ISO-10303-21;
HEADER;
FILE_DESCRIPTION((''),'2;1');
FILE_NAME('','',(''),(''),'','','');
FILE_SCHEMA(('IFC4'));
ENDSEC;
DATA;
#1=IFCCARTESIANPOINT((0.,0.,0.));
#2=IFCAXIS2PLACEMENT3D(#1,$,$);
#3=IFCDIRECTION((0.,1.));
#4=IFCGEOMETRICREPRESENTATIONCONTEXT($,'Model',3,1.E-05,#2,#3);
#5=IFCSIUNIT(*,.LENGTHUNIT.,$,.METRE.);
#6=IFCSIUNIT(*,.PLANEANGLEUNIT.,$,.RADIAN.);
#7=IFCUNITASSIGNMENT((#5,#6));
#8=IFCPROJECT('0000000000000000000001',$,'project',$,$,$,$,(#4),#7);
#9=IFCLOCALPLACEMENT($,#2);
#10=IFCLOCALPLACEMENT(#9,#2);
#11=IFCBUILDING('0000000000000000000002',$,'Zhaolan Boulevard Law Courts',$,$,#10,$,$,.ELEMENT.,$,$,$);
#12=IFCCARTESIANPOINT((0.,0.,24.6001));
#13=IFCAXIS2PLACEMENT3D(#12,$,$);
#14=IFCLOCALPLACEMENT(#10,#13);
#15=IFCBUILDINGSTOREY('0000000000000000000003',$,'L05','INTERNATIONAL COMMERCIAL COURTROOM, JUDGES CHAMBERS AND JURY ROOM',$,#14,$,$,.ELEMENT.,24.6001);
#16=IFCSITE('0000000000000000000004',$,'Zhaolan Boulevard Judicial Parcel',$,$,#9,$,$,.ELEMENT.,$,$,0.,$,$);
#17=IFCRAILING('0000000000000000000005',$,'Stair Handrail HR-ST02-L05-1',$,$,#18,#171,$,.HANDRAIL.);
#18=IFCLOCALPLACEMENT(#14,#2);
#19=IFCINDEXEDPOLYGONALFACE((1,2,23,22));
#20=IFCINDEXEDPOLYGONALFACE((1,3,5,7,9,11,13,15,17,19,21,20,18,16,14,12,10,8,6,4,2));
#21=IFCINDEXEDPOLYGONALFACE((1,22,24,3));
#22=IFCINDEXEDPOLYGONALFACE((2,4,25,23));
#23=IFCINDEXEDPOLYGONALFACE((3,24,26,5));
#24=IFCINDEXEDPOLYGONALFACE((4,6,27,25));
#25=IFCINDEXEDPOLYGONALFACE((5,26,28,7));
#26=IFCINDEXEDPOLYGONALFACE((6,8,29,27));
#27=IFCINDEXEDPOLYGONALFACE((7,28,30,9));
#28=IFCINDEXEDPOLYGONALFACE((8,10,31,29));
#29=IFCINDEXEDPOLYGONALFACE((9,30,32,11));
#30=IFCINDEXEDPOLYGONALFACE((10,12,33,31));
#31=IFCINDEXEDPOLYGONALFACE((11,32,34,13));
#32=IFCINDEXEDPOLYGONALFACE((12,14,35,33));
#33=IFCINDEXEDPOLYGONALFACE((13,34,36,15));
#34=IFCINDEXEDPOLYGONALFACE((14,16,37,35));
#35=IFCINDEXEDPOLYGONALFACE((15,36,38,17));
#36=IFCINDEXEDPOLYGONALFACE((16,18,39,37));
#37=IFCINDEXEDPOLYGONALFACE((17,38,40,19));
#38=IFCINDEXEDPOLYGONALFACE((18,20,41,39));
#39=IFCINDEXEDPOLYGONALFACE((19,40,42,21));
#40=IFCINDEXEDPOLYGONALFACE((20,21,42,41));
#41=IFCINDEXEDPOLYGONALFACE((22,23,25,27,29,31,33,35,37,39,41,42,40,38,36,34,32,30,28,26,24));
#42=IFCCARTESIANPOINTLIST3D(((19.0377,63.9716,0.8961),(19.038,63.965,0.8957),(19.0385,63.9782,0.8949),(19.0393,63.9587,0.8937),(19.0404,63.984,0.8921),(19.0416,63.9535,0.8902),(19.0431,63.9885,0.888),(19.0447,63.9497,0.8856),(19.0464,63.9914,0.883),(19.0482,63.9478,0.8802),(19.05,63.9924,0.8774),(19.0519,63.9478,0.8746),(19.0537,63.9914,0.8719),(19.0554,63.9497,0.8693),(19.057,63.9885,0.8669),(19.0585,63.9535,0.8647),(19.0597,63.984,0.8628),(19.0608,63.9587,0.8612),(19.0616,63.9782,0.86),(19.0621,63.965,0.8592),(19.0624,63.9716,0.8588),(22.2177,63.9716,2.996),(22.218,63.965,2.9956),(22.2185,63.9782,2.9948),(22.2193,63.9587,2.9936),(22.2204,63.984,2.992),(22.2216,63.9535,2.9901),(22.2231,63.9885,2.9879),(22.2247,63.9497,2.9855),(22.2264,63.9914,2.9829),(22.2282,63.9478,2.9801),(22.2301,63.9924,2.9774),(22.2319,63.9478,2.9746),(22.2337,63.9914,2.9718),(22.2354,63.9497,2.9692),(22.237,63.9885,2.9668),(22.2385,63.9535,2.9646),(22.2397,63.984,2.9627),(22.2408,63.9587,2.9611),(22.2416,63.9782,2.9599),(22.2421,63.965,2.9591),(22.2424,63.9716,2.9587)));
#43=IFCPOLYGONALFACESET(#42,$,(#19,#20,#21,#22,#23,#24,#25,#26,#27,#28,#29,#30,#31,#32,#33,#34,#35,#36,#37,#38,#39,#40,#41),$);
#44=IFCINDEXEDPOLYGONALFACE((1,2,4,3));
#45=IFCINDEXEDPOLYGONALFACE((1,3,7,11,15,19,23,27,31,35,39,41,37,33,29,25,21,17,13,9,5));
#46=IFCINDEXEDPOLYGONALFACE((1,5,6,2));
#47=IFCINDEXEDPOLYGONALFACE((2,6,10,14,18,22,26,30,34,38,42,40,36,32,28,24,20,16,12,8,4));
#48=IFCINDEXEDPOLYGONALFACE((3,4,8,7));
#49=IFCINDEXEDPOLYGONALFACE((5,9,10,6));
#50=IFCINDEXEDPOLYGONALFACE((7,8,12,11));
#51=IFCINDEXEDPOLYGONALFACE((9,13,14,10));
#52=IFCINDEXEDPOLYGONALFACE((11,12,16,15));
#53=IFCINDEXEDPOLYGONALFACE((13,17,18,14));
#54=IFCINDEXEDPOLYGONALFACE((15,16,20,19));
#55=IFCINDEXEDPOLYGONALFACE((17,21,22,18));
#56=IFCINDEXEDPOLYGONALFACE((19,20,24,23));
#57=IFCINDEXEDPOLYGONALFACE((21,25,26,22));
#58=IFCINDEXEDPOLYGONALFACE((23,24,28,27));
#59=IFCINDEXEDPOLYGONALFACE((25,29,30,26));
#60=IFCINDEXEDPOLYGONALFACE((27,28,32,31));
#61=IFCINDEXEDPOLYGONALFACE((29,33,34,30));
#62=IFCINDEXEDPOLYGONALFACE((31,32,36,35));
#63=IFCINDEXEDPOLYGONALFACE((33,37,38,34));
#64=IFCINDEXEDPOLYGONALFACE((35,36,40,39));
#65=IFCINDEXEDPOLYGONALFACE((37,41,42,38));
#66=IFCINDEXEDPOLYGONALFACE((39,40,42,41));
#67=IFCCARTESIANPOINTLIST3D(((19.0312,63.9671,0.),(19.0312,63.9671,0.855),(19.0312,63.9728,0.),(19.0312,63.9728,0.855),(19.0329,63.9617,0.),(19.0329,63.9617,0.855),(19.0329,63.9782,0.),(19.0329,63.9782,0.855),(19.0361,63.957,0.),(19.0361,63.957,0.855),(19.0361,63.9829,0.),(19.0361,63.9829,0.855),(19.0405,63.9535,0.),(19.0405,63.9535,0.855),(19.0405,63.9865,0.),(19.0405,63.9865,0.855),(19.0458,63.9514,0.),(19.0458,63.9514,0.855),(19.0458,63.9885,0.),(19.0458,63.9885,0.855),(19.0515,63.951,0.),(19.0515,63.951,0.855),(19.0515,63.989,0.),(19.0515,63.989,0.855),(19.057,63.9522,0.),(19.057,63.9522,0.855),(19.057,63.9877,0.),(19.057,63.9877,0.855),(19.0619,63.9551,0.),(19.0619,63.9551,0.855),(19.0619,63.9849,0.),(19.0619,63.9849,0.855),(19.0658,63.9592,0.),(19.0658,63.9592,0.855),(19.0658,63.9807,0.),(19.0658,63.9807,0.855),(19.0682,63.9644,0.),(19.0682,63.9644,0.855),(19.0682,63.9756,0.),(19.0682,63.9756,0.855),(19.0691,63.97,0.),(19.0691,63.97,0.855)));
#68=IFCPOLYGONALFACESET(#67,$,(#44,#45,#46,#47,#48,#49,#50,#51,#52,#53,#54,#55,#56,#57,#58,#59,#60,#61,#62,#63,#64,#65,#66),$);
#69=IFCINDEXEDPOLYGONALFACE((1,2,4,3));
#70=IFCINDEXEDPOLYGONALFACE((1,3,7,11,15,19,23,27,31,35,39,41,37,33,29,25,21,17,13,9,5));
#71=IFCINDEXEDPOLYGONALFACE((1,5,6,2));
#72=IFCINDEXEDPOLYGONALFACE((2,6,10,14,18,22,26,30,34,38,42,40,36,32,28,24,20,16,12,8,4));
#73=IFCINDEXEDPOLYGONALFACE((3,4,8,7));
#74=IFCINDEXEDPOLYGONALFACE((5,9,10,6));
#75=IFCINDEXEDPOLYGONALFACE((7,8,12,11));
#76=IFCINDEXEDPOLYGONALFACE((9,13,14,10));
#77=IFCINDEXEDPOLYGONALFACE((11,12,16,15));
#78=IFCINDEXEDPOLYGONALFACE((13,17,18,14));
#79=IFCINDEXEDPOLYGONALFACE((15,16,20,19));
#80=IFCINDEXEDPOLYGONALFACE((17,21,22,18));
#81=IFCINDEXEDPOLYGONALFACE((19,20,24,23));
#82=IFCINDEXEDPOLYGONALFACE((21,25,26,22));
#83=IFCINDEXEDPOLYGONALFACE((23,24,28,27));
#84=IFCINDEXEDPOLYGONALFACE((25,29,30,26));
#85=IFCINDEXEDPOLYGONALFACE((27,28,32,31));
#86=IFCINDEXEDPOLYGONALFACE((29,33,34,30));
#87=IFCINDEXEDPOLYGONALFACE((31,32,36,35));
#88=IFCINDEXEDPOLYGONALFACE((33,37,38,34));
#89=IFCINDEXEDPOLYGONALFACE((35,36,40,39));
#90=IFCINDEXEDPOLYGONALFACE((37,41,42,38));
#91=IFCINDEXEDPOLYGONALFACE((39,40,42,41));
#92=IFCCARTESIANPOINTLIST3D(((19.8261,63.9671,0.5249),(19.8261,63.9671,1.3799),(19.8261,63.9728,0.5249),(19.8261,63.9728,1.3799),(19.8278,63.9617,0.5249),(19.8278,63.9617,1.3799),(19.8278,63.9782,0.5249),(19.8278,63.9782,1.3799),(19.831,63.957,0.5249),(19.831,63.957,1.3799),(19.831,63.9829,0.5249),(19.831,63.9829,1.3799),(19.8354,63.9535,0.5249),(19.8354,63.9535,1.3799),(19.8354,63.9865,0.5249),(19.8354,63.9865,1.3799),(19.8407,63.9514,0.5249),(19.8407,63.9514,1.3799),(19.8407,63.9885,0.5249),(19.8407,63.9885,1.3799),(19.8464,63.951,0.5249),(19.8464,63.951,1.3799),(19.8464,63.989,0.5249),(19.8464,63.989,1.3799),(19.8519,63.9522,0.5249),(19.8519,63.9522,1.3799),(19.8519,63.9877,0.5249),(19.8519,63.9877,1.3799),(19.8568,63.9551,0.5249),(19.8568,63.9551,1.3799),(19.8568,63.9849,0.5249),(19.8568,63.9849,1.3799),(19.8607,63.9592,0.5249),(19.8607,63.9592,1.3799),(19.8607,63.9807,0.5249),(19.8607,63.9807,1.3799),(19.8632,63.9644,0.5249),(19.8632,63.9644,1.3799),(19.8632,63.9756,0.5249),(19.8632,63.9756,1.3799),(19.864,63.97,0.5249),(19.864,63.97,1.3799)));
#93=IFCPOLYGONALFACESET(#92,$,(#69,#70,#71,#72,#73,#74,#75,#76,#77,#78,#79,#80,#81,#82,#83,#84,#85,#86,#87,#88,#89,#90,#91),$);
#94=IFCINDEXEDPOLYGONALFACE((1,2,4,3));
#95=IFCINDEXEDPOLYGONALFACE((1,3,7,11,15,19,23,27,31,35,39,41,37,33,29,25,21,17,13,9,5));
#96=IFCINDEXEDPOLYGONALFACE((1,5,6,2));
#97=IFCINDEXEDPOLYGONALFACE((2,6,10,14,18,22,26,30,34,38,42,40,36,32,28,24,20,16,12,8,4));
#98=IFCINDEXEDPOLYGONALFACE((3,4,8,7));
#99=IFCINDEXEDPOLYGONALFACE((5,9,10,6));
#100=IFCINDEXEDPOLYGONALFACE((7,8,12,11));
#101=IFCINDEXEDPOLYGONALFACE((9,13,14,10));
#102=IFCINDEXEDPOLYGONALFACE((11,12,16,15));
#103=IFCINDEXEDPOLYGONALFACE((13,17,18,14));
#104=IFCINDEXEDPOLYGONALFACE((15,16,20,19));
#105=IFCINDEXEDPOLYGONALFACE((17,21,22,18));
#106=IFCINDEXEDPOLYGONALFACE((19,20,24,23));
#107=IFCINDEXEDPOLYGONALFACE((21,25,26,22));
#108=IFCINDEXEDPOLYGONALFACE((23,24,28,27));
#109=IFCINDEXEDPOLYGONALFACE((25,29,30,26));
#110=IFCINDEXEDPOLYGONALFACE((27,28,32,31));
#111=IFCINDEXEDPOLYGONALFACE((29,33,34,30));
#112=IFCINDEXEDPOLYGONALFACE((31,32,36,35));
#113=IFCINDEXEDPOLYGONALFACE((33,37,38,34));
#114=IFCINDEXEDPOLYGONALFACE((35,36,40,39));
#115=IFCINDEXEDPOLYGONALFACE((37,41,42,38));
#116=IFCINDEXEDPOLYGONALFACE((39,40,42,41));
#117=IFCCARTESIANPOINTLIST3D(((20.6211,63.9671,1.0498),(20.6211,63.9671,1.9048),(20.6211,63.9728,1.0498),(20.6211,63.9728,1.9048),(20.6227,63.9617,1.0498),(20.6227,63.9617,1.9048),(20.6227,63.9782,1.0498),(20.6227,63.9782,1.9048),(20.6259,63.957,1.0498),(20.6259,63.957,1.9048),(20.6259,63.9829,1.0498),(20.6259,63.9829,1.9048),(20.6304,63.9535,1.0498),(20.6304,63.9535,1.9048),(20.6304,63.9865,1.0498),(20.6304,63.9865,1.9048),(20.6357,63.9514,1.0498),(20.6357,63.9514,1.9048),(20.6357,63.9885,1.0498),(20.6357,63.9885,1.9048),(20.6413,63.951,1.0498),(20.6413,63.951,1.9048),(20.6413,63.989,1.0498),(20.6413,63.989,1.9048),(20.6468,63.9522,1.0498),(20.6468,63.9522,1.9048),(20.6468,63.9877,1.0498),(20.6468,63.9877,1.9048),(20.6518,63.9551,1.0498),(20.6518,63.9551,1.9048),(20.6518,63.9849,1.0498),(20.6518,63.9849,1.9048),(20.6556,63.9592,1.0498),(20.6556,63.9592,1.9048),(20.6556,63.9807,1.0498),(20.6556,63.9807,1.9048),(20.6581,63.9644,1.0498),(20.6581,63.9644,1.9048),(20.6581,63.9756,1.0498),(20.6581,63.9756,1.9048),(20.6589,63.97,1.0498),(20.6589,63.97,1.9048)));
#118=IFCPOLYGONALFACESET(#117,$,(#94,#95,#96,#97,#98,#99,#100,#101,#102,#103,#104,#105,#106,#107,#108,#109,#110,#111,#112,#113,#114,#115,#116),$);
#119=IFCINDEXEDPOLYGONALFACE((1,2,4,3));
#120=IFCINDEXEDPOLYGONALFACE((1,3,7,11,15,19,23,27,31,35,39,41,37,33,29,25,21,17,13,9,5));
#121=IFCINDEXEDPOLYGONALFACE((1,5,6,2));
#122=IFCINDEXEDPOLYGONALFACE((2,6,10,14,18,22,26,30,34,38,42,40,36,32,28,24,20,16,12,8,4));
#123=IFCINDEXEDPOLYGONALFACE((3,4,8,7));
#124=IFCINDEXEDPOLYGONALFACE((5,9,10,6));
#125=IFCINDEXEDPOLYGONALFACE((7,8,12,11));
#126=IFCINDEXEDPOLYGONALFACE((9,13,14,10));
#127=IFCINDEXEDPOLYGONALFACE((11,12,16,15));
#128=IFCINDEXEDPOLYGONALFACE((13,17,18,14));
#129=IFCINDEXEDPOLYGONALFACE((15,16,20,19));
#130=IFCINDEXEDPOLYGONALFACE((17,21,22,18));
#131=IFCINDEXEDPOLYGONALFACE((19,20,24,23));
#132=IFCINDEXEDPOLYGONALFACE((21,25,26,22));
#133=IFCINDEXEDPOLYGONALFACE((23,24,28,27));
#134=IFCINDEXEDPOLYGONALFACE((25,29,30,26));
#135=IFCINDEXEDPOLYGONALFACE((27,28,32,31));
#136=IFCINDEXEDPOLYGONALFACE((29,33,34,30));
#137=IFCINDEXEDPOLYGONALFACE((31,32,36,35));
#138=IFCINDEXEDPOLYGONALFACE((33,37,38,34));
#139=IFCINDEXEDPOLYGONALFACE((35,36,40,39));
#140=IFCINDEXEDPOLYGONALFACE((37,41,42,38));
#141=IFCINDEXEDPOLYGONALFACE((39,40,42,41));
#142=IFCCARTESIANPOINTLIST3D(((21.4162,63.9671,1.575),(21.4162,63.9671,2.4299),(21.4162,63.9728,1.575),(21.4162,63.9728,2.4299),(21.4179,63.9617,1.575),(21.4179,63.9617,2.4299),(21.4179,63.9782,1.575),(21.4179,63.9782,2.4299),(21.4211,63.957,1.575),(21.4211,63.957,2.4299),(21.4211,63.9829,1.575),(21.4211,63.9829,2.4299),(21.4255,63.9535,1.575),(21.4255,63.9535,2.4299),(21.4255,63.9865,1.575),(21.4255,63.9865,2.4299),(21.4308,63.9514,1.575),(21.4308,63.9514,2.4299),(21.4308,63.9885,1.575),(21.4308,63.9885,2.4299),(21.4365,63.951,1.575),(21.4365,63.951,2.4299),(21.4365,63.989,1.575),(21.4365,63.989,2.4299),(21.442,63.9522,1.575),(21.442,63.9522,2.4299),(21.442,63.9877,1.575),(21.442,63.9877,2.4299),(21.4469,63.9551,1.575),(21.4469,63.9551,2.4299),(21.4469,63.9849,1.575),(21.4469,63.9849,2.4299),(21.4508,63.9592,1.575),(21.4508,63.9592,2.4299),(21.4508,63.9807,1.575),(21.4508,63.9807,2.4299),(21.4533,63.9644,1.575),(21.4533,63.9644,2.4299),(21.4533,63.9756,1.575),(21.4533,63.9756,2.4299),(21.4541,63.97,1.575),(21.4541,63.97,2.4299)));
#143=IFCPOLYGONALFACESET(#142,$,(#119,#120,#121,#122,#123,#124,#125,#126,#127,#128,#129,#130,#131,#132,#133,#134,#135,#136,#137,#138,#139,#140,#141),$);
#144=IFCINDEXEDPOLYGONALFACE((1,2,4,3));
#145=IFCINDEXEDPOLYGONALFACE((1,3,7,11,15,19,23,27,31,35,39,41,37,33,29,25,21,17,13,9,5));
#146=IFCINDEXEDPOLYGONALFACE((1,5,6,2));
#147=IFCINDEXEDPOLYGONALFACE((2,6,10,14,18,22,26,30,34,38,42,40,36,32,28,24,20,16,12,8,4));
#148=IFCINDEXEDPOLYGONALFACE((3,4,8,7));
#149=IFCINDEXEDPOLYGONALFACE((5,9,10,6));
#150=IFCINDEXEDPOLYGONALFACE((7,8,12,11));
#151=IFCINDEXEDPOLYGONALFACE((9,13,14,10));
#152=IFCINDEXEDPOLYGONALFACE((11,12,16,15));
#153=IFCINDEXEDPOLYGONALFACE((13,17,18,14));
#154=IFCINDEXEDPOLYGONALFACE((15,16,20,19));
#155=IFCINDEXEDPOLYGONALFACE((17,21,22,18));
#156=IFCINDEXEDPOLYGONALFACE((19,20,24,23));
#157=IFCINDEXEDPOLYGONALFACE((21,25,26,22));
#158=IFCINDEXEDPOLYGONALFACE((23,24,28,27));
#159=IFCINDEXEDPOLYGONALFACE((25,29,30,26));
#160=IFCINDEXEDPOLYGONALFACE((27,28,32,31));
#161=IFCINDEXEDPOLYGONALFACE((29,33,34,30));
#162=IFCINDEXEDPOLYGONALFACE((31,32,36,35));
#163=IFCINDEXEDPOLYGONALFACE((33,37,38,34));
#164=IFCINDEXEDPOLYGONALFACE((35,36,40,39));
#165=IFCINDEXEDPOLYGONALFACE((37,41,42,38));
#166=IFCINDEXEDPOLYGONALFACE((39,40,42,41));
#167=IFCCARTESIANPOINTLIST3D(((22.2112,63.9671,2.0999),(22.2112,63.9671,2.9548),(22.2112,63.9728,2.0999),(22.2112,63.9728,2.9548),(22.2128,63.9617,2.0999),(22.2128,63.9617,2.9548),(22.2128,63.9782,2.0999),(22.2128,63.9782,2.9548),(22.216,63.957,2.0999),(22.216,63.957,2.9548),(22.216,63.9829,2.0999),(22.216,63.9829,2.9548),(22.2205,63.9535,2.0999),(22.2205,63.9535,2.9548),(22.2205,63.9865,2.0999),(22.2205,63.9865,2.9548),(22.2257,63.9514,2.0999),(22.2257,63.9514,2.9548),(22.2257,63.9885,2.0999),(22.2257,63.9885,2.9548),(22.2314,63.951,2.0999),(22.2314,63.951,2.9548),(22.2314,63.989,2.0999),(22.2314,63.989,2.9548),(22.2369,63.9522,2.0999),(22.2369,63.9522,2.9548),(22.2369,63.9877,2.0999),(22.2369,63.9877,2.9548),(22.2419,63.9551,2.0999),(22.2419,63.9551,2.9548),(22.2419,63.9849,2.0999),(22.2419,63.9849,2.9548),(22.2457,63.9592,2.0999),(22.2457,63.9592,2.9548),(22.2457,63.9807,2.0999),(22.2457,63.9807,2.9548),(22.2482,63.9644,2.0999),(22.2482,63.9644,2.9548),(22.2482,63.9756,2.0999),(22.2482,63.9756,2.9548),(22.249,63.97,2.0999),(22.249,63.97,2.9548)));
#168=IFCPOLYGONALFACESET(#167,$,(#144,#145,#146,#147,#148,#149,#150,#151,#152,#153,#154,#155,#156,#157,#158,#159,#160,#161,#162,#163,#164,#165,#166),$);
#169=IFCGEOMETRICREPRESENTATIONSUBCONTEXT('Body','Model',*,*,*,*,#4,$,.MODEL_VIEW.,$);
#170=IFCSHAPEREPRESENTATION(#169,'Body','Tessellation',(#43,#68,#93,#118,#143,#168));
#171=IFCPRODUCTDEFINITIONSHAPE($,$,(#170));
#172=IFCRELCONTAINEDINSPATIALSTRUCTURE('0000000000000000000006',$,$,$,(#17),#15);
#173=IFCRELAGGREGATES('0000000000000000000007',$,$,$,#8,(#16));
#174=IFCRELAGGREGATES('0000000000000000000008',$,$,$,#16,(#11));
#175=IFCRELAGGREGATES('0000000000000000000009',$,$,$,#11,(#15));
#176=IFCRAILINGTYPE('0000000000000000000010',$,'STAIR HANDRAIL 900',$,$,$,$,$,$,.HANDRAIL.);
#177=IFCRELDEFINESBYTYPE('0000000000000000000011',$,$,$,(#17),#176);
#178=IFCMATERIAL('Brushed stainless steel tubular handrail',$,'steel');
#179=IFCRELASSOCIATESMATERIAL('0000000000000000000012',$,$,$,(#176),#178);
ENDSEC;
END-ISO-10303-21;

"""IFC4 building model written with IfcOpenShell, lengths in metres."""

from ifc_helpers import new_model, si_unit, direction, frame, origin, origin_2d, place, context, subcontext, project, spatial, circle, extrude, material, type_object, element, save


model = new_model("IFC4")

# Units and contexts
model_context = context("Model", 3, precision=1e-05, world=origin(), true_north=direction((0.0, 1.0)))
body_context = subcontext(model_context, "Body", "Model", "MODEL_VIEW")
ifc_project = project(units=[si_unit("LENGTHUNIT", "METRE"), si_unit("PLANEANGLEUNIT", "RADIAN")], contexts=[model_context])

# Site, building, storey
site_placement = place(None, origin())
site = spatial("IfcSite", under=ifc_project, at=site_placement, Name="Zhaolan Boulevard Judicial Parcel", CompositionType="ELEMENT", RefElevation=0.0)
building_placement = place(site_placement, origin())
building = spatial("IfcBuilding", under=site, at=building_placement, Name="Zhaolan Boulevard Law Courts", CompositionType="ELEMENT")
storey_placement = place(building_placement, frame((0.0, 0.0, 24.6001)))
storey = spatial("IfcBuildingStorey", under=building, at=storey_placement, Name="L05", Description="INTERNATIONAL COMMERCIAL COURTROOM, JUDGES CHAMBERS AND JURY ROOM", CompositionType="ELEMENT", Elevation=24.6001)

# Railing
ifc_material_1 = material(Name="Brushed stainless steel tubular handrail", Category="steel")
railing_type_1 = type_object("IfcRailingType", Name="STAIR HANDRAIL 900", PredefinedType="HANDRAIL", material=ifc_material_1)
railing_1_placement = place(storey_placement, frame((19.05, 63.97, 0.0)))
element("IfcRailing", 1, at=railing_1_placement, inside=storey, type_object=railing_type_1, Name="Stair Handrail HR-ST02-L05-1", PredefinedType="HANDRAIL", context=body_context, shape_type="SweptSolid", body=[
    extrude(circle(Radius=0.0225, at=origin_2d()), frame((0.0, 0.0, 0.8774), z_axis=(0.834477, 0.0, 0.551043), x_axis=(0.0, 1.0, 0.0)), (0.0, 0.0, 1.0), 3.8108),
    extrude(circle(Radius=0.019, at=origin_2d()), origin(), (0.0, 0.0, 1.0), 0.855),
    extrude(circle(Radius=0.019, at=origin_2d()), frame((0.7949, 0.0, 0.5249)), (0.0, 0.0, 1.0), 0.855),
    extrude(circle(Radius=0.019, at=origin_2d()), frame((1.5898, 0.0, 1.0498)), (0.0, 0.0, 1.0), 0.855),
    extrude(circle(Radius=0.019, at=origin_2d()), frame((2.385, 0.0, 1.575)), (0.0, 0.0, 1.0), 0.855),
    extrude(circle(Radius=0.019, at=origin_2d()), frame((3.1799, 0.0, 2.0999)), (0.0, 0.0, 1.0), 0.855),
])

save(model, "model.ifc")
